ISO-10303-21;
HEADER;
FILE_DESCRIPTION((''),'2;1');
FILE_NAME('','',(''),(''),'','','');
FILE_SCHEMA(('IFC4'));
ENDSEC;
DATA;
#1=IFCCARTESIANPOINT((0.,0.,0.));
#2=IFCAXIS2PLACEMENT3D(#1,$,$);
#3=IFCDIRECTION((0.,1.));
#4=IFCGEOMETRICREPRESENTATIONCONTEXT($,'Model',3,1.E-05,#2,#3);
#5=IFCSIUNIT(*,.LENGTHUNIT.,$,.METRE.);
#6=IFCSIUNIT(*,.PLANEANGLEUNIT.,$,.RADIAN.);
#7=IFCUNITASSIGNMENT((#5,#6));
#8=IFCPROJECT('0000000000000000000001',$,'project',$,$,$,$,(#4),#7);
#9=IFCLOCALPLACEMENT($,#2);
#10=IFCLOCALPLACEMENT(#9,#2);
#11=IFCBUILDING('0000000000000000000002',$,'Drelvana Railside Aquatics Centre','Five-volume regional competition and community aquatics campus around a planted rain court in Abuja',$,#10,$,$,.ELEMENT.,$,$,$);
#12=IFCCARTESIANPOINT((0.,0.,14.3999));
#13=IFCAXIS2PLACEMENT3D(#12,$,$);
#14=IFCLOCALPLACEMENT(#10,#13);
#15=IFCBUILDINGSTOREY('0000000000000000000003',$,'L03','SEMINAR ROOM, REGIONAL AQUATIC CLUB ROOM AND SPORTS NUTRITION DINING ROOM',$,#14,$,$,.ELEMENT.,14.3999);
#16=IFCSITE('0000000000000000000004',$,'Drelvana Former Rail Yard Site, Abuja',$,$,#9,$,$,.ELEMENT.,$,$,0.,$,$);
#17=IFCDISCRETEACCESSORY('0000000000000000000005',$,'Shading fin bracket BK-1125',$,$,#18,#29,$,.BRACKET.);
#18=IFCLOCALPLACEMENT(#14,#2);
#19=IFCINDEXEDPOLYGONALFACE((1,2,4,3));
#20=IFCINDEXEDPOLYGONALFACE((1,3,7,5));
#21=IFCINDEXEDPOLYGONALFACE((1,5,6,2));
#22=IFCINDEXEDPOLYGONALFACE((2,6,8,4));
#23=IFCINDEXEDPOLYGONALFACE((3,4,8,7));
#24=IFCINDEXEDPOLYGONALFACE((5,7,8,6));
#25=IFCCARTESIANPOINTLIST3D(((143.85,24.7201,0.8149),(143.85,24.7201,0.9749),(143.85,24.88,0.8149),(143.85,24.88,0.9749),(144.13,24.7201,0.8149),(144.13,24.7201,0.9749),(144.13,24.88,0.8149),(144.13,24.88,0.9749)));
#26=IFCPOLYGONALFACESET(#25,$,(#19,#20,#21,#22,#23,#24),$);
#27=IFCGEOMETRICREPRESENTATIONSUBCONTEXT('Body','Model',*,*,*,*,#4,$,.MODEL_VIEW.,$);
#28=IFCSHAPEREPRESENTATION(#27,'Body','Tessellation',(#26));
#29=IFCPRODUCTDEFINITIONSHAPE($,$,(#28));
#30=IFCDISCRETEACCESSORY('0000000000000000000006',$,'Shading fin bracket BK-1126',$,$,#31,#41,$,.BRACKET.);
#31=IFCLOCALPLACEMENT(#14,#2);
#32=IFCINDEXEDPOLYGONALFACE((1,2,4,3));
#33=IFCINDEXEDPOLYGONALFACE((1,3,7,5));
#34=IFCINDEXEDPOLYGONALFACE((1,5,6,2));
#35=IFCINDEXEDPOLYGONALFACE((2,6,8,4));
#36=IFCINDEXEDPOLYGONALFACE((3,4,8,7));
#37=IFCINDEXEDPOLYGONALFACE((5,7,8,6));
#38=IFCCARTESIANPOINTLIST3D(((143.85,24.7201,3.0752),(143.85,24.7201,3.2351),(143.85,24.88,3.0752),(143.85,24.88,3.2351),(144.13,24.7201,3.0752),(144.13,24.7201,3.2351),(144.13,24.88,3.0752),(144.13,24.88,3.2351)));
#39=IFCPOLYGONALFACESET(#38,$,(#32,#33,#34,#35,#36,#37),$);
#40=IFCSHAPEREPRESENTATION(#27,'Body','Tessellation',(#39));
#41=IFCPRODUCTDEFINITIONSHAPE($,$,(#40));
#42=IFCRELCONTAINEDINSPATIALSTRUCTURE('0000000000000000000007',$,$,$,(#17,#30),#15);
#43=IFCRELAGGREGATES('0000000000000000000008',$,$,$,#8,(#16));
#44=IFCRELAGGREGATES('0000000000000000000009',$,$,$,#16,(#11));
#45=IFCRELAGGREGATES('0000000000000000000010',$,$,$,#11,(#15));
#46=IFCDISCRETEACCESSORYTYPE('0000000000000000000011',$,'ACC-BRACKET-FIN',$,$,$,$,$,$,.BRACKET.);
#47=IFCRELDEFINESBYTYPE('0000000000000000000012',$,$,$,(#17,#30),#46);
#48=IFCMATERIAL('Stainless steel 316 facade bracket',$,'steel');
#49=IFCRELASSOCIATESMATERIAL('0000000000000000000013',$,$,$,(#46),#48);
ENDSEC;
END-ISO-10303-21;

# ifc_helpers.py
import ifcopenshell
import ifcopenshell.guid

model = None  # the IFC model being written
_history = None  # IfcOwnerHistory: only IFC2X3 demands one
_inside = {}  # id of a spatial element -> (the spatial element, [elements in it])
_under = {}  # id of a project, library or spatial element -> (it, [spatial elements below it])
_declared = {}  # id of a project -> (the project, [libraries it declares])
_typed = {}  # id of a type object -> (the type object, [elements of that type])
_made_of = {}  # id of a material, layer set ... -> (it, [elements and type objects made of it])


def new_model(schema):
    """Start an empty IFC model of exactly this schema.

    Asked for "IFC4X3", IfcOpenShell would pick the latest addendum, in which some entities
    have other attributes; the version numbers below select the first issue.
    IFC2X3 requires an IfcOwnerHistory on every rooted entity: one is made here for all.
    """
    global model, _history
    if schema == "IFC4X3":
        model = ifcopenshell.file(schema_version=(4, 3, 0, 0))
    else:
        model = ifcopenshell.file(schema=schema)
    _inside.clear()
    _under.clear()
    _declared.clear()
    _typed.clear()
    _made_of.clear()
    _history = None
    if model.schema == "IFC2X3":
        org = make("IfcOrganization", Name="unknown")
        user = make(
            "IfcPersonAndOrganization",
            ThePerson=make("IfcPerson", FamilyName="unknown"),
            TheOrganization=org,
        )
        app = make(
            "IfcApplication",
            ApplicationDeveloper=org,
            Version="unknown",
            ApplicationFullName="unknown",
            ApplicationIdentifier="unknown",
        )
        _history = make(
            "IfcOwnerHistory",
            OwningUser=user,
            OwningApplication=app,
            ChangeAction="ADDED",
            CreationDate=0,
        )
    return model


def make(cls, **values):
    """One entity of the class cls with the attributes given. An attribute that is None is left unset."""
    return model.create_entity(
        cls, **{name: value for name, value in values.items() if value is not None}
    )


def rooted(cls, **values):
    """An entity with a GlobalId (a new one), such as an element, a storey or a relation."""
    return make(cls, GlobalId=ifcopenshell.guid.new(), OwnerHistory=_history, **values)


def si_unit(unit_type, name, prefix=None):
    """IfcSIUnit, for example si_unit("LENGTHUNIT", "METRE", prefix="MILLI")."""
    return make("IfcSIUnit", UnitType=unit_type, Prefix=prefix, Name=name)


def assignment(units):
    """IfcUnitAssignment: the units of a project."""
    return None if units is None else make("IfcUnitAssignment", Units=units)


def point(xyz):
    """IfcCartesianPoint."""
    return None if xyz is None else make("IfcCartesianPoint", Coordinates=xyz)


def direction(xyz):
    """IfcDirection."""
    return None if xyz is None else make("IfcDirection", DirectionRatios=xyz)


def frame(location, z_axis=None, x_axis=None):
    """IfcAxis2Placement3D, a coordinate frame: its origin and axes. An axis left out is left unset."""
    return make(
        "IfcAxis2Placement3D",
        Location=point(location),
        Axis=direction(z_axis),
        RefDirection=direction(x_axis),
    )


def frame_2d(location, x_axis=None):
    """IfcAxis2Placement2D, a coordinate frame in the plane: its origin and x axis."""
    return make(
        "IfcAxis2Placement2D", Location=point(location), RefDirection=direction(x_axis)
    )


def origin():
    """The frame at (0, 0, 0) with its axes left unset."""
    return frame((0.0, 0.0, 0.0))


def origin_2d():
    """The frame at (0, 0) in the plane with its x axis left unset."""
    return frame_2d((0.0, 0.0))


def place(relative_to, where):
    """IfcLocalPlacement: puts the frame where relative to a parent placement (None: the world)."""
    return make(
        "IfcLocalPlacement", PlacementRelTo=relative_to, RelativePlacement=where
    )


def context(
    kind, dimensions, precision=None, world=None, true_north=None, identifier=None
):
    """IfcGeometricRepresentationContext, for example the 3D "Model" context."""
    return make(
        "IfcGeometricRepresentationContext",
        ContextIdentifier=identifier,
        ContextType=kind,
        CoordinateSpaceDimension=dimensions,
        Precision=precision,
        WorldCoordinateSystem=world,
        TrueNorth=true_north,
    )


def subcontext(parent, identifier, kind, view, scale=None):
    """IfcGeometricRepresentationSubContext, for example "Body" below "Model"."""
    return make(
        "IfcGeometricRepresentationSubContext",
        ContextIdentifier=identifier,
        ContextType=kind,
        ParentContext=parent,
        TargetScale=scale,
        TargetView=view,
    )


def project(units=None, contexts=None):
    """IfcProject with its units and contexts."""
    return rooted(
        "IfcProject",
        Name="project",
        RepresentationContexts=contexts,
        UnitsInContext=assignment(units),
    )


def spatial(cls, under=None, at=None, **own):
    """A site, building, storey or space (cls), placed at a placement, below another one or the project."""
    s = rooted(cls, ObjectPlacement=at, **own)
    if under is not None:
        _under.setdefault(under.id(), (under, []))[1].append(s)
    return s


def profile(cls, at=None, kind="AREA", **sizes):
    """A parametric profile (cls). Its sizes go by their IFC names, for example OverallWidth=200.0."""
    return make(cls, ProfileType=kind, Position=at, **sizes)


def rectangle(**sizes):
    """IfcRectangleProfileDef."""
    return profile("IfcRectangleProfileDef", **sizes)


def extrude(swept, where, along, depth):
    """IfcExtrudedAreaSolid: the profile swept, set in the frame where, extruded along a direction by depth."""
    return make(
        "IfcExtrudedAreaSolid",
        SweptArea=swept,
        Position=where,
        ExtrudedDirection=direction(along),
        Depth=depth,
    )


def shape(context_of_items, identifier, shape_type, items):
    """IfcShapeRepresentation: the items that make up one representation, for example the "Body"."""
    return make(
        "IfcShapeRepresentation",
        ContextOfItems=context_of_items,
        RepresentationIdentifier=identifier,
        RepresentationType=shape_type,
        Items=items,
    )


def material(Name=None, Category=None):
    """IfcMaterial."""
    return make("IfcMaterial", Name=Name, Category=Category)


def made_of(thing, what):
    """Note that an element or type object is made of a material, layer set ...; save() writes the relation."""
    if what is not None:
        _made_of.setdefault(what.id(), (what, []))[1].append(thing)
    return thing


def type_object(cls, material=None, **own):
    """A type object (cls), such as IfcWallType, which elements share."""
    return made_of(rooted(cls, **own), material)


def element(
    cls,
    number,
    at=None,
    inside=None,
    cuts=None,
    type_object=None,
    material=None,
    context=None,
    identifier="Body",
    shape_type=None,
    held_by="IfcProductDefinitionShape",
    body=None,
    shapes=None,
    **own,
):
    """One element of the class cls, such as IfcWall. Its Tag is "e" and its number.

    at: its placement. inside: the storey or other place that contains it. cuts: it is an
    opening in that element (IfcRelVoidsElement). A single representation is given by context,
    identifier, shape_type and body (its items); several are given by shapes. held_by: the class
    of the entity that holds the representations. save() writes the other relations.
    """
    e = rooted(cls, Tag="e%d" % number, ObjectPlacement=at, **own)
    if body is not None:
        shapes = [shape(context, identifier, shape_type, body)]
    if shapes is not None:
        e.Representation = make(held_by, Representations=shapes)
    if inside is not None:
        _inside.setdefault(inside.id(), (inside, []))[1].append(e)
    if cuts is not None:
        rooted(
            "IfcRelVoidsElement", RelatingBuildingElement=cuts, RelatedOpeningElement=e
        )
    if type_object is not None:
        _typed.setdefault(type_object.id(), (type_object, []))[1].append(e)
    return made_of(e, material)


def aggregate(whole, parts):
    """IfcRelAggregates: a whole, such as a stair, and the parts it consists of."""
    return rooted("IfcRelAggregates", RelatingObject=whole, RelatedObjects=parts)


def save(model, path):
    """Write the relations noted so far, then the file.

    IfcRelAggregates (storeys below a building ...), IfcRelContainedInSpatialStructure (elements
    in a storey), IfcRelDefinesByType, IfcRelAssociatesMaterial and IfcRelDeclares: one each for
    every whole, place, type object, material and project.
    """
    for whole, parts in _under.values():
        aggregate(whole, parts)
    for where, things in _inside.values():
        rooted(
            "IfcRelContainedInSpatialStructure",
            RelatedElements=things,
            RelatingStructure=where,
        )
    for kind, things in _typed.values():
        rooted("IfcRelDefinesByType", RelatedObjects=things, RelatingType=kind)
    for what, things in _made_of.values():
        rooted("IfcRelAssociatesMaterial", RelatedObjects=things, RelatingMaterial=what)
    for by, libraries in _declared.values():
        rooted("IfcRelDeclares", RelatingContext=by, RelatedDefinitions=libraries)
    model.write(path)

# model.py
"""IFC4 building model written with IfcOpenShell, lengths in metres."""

from ifc_helpers import new_model, si_unit, direction, frame, origin, origin_2d, place, context, subcontext, project, spatial, rectangle, extrude, material, type_object, element, save


model = new_model("IFC4")

# Units and contexts
model_context = context("Model", 3, precision=1e-05, world=origin(), true_north=direction((0.0, 1.0)))
body_context = subcontext(model_context, "Body", "Model", "MODEL_VIEW")
ifc_project = project(units=[si_unit("LENGTHUNIT", "METRE"), si_unit("PLANEANGLEUNIT", "RADIAN")], contexts=[model_context])

# Site, building, storey
site_placement = place(None, origin())
site = spatial("IfcSite", under=ifc_project, at=site_placement, Name="Drelvana Former Rail Yard Site, Abuja", CompositionType="ELEMENT", RefElevation=0.0)
building_placement = place(site_placement, origin())
building = spatial("IfcBuilding", under=site, at=building_placement, Name="Drelvana Railside Aquatics Centre", Description="Five-volume regional competition and community aquatics campus around a planted rain court in Abuja", CompositionType="ELEMENT")
storey_placement = place(building_placement, frame((0.0, 0.0, 14.3999)))
storey = spatial("IfcBuildingStorey", under=building, at=storey_placement, Name="L03", Description="SEMINAR ROOM, REGIONAL AQUATIC CLUB ROOM AND SPORTS NUTRITION DINING ROOM", CompositionType="ELEMENT", Elevation=14.3999)

# Discrete accessories
ifc_material_1 = material(Name="Stainless steel 316 facade bracket", Category="steel")
discrete_accessory_type = type_object("IfcDiscreteAccessoryType", Name="ACC-BRACKET-FIN", PredefinedType="BRACKET", material=ifc_material_1)
for number, where, z_axis, x_axis, name in (
    (1, (143.99, 24.8, 0.8149), (0.0, 0.0, 1.0), (-1.0, 0.0, 0.0), "Shading fin bracket BK-1125"),
    (2, (143.99, 24.8, 3.0752), (0.0, 0.0, 1.0), (-1.0, 0.0, 0.0), "Shading fin bracket BK-1126"),
):
    element("IfcDiscreteAccessory", number, at=place(storey_placement, frame(where, z_axis=z_axis, x_axis=x_axis)), inside=storey, type_object=discrete_accessory_type, Name=name, PredefinedType="BRACKET", context=body_context, shape_type="SweptSolid", body=[
        extrude(rectangle(XDim=0.28, YDim=0.1599, at=origin_2d()), origin(), (0.0, 0.0, 1.0), 0.1599),
    ])

save(model, "model.ifc")
